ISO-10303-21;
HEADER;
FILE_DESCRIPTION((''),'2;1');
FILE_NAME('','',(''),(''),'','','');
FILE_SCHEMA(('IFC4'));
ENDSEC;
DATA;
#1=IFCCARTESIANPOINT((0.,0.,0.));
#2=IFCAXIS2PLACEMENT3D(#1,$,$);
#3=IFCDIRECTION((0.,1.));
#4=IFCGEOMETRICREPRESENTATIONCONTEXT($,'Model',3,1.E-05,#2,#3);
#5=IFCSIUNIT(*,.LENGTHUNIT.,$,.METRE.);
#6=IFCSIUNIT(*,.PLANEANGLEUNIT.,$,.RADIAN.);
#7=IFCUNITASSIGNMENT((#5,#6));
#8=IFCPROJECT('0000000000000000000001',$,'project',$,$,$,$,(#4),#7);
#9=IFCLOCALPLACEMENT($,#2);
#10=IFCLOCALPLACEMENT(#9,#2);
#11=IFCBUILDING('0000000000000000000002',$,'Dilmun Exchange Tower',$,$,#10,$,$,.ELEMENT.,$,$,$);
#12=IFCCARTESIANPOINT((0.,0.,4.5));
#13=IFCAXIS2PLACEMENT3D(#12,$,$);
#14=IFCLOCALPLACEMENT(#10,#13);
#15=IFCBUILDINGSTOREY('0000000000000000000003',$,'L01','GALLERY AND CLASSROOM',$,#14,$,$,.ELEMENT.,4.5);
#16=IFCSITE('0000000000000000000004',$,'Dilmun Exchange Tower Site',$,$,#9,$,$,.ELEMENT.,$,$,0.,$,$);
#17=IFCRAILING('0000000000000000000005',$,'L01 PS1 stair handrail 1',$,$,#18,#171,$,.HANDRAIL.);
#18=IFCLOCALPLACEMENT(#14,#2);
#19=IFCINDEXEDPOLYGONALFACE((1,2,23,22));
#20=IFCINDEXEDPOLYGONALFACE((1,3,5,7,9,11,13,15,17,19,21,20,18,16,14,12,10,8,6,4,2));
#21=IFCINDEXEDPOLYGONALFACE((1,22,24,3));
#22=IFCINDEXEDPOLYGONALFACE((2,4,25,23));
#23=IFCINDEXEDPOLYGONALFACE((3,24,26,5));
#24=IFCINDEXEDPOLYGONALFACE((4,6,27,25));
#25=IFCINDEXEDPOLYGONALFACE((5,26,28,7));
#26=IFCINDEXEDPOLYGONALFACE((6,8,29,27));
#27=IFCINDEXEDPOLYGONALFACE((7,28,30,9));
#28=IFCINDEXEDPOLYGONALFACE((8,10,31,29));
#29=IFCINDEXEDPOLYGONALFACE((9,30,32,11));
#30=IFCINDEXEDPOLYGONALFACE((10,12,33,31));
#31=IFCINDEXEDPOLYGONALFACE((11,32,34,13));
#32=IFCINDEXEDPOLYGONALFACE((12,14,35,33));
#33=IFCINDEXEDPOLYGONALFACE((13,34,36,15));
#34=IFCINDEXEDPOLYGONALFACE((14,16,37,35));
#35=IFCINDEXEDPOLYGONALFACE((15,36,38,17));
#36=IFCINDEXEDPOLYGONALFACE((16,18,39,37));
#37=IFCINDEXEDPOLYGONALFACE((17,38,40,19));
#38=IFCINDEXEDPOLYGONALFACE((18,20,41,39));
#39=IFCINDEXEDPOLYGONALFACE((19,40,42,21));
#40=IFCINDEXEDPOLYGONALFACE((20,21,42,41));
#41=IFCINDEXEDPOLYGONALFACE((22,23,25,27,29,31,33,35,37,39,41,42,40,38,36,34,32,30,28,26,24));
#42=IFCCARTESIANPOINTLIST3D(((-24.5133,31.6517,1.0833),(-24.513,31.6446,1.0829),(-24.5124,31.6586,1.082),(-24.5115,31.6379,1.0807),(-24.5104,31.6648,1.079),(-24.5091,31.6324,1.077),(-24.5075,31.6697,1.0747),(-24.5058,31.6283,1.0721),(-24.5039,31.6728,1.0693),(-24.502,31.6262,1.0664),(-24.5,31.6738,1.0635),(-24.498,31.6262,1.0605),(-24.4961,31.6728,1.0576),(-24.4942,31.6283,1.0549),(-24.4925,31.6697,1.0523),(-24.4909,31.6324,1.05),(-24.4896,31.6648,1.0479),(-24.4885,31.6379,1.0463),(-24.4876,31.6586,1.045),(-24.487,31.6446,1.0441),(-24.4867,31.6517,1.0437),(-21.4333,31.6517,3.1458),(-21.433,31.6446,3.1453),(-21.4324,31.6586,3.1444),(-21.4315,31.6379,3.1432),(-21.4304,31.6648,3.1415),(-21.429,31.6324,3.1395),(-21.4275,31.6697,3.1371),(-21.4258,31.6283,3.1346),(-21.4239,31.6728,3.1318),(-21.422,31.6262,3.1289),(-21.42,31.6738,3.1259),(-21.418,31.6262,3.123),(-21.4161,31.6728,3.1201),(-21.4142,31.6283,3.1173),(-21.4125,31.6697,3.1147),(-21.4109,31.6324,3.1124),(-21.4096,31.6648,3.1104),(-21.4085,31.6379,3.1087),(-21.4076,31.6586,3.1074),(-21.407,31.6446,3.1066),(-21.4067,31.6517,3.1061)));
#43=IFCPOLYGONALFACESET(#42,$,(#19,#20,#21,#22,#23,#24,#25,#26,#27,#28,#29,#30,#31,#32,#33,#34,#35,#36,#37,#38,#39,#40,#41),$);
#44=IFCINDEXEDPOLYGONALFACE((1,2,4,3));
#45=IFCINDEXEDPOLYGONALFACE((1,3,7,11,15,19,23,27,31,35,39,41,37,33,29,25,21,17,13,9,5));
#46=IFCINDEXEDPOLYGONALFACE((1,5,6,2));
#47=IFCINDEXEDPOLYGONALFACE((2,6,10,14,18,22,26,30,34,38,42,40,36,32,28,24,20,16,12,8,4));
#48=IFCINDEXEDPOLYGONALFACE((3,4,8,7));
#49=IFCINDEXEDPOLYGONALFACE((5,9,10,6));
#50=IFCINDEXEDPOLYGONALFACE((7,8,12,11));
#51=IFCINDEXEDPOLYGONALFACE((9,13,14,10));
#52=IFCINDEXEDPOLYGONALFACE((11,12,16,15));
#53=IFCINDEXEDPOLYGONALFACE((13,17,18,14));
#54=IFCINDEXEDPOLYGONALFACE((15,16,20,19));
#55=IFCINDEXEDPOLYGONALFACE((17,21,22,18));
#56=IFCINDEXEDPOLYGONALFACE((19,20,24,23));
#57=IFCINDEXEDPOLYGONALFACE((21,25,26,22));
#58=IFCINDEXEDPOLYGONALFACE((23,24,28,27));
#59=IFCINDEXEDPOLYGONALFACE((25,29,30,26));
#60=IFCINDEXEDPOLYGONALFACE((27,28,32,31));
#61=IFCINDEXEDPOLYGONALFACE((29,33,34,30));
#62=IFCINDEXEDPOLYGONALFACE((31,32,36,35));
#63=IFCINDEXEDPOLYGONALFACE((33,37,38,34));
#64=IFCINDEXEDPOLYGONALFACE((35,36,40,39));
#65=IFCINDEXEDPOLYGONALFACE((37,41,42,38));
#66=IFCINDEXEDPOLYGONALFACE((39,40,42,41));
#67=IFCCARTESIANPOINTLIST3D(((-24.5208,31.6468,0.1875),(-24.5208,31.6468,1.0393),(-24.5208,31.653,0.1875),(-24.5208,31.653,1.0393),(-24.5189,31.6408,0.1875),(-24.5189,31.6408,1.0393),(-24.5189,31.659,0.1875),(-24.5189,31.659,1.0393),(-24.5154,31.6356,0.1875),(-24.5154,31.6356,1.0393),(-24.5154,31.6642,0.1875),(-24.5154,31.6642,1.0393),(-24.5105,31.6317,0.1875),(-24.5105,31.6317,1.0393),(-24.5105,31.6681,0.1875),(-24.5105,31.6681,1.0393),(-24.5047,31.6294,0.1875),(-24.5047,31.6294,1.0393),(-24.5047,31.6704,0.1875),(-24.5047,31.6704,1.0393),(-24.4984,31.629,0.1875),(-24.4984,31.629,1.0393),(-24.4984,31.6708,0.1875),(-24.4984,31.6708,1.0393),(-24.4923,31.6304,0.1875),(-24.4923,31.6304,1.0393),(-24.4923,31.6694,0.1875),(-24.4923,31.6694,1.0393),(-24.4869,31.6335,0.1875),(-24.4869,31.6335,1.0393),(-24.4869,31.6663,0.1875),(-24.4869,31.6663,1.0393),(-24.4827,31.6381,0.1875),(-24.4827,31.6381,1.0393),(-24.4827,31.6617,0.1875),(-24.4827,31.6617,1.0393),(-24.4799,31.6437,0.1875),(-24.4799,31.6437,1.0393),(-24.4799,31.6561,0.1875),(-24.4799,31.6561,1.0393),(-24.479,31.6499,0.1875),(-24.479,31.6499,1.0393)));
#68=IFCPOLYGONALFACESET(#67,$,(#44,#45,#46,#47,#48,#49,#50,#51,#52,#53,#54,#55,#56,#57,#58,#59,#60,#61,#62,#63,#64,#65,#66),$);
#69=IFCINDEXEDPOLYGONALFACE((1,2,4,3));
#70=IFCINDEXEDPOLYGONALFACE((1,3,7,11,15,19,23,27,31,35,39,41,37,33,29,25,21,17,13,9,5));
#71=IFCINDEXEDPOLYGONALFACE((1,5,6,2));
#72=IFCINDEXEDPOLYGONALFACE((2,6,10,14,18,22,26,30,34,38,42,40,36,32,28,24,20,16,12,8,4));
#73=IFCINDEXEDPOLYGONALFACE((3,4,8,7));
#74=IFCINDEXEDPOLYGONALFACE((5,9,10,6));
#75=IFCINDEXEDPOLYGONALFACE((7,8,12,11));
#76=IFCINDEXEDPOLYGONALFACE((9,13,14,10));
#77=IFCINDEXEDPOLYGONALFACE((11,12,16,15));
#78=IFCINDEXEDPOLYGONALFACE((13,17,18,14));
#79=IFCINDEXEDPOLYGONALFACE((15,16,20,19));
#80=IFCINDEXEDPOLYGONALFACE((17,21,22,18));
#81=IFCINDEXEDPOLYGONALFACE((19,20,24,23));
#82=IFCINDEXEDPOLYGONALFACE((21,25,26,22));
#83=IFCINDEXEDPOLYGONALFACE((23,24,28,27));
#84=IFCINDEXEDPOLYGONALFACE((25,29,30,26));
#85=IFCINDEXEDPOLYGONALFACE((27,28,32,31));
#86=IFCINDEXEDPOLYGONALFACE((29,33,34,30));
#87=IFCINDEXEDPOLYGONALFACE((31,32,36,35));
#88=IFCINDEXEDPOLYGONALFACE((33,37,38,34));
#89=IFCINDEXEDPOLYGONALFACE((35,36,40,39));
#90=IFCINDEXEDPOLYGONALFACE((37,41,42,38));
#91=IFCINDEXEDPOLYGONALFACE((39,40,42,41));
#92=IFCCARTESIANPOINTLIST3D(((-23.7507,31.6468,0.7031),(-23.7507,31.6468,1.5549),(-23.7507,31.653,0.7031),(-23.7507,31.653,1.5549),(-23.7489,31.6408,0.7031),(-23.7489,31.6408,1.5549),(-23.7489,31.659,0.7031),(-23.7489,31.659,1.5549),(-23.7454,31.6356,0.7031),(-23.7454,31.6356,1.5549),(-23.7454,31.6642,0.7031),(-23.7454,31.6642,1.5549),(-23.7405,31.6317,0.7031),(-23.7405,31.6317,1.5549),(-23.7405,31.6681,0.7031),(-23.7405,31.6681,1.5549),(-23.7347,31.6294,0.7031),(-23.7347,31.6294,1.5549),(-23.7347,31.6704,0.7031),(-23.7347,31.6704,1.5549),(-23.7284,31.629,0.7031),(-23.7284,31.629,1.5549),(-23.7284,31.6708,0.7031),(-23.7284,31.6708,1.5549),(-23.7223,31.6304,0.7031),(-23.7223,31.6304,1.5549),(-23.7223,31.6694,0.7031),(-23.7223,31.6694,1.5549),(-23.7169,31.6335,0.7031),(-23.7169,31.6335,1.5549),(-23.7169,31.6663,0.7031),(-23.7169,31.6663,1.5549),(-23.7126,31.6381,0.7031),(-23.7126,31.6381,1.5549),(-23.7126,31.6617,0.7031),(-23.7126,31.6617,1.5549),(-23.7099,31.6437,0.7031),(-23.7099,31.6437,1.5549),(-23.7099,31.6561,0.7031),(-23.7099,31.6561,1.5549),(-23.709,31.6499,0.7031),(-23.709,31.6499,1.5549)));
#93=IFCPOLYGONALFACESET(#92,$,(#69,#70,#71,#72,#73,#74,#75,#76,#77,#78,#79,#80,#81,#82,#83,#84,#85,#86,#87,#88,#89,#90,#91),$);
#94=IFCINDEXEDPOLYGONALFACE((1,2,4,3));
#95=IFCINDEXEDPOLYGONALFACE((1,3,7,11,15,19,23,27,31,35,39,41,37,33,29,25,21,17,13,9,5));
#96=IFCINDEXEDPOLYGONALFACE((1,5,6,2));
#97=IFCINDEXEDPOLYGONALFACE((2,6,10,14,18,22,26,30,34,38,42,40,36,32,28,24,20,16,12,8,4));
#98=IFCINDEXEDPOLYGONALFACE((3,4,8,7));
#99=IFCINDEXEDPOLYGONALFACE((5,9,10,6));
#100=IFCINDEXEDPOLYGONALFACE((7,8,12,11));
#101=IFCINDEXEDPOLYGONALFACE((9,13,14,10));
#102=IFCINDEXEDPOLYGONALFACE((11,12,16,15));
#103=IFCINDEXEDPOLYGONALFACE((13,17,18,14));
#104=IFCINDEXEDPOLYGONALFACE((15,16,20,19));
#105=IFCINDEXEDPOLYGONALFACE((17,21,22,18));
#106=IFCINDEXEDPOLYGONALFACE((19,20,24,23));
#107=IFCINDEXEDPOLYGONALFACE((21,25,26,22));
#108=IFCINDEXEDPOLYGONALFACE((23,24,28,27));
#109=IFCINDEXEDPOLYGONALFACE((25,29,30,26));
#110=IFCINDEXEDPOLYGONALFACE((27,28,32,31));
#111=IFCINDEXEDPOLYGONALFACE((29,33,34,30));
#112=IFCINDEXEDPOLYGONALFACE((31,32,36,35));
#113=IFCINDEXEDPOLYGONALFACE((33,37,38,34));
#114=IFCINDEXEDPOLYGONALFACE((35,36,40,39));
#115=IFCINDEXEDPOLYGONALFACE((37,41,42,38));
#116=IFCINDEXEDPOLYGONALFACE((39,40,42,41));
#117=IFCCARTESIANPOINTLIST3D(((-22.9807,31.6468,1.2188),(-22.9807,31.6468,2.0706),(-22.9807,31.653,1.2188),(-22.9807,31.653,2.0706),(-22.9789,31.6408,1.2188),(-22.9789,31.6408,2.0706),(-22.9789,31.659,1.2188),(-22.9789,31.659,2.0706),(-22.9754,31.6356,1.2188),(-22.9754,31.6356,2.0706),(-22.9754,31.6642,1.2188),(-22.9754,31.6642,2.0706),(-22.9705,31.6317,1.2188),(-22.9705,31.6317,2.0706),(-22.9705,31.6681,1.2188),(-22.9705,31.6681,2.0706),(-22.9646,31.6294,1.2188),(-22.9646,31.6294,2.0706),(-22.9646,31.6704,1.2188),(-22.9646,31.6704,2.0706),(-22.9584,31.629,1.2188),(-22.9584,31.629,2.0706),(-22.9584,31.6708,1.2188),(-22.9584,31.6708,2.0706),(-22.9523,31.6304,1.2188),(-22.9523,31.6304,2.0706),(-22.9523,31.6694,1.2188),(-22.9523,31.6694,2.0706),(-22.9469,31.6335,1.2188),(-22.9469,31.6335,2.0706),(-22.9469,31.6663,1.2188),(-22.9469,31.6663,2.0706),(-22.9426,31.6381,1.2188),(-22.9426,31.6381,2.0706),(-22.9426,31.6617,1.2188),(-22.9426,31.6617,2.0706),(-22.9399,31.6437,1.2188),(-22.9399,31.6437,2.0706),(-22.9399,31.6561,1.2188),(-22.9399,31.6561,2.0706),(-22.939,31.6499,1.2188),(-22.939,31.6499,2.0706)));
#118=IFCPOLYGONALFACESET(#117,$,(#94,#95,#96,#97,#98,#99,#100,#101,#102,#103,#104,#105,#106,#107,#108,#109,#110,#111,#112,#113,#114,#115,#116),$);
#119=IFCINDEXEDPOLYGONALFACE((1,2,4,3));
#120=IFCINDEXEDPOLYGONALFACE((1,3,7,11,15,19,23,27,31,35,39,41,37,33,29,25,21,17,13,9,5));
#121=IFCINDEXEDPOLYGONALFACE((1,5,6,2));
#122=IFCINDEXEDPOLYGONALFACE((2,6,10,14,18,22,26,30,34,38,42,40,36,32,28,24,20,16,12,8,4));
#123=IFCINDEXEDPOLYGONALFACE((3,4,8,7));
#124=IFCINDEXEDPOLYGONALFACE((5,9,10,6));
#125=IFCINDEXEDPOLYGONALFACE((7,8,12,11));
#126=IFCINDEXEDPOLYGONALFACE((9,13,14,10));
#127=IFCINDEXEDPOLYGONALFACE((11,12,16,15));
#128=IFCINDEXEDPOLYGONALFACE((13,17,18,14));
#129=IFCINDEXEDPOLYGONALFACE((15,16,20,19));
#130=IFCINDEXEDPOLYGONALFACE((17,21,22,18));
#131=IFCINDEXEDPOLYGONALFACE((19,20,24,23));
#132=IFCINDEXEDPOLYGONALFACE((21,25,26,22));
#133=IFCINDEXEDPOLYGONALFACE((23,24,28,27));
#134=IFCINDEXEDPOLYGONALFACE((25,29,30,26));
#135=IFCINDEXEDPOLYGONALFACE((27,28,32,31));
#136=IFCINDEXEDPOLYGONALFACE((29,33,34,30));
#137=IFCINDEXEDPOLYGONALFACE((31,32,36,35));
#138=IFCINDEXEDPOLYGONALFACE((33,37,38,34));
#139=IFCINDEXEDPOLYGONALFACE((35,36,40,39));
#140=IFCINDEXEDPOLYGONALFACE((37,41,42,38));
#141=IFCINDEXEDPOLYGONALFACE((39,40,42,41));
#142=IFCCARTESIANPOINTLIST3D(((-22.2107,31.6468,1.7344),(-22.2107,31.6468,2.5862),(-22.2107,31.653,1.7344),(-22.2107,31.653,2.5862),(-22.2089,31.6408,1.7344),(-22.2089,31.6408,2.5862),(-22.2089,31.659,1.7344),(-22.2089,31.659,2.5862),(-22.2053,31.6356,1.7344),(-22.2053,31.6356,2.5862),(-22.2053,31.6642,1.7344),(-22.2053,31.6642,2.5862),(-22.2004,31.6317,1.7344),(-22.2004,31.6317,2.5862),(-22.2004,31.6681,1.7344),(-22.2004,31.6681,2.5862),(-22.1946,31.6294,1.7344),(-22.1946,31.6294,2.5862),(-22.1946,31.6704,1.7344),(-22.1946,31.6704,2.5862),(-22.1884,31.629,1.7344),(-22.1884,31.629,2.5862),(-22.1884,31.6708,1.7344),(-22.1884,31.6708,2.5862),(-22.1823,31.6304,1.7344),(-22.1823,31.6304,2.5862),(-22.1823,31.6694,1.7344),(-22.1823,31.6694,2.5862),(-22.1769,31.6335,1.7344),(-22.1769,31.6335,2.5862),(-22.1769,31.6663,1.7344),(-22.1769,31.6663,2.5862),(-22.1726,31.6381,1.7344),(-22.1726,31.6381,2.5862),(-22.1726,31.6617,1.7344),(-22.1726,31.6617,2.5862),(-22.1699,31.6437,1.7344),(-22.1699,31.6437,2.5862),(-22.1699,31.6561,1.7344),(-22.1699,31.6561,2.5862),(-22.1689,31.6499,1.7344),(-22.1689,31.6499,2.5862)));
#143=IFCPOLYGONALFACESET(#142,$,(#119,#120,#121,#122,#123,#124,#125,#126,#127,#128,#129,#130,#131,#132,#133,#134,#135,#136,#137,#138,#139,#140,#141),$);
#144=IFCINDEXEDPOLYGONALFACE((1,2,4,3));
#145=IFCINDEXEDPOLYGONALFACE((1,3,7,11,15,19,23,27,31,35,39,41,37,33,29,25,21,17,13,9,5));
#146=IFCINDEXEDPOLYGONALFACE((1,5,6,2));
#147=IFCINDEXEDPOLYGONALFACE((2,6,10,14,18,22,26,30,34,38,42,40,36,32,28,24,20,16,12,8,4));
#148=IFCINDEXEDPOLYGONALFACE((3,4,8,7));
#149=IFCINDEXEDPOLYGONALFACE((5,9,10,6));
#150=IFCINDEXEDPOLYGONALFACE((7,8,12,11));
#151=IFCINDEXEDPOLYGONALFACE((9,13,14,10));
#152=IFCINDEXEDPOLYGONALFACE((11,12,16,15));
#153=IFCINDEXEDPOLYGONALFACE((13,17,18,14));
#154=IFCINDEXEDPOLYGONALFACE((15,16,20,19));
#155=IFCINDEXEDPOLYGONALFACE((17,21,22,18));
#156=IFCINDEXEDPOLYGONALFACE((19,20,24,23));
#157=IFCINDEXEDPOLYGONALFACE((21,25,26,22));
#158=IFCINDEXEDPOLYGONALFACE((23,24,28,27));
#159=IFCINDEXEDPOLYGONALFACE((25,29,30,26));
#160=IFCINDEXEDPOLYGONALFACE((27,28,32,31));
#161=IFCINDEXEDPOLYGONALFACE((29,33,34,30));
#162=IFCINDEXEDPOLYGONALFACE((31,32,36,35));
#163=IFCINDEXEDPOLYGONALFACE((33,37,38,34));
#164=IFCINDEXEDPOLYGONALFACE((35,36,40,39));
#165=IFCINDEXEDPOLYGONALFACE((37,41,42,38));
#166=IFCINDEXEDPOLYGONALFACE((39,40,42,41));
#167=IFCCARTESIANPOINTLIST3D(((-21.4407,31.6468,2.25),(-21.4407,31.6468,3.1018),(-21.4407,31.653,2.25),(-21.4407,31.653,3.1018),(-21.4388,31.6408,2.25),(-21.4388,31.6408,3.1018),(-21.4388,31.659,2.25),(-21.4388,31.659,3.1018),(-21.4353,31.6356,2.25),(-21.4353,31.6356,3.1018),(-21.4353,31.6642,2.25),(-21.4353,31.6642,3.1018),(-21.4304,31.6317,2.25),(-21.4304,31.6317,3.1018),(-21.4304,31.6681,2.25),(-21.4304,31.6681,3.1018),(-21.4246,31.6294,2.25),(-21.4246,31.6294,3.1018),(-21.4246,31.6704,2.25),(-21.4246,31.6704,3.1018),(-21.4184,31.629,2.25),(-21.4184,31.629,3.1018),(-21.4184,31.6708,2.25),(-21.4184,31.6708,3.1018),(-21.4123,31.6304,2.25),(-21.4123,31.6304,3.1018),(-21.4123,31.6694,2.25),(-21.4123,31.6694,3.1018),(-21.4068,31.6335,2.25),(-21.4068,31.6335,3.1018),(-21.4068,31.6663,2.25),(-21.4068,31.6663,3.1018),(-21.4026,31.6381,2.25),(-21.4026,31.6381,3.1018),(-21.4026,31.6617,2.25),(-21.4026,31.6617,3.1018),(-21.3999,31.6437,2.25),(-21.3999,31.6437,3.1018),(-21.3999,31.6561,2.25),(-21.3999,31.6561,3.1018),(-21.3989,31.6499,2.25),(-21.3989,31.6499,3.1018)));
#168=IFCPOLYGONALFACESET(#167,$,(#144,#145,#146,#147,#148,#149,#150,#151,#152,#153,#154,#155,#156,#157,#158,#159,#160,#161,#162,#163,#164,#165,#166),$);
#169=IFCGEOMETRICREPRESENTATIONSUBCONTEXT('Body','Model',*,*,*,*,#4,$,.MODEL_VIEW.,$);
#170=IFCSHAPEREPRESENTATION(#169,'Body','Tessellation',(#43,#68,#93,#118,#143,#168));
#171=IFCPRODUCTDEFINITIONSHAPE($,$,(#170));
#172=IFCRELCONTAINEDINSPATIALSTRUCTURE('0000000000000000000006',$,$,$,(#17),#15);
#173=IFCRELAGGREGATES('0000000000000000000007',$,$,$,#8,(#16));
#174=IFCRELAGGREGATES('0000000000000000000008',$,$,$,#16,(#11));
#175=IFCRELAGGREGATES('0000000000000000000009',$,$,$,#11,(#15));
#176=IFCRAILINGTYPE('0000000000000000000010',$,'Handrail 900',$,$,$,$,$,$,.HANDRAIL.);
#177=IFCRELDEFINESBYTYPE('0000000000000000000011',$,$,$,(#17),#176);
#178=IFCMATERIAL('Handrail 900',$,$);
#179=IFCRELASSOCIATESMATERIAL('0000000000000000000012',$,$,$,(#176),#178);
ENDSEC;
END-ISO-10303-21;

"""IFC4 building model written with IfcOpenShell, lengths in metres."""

from ifc_helpers import new_model, si_unit, direction, frame, origin, origin_2d, place, context, subcontext, project, spatial, circle, extrude, material, type_object, element, save


model = new_model("IFC4")

# Units and contexts
model_context = context("Model", 3, precision=1e-05, world=origin(), true_north=direction((0.0, 1.0)))
body_context = subcontext(model_context, "Body", "Model", "MODEL_VIEW")
ifc_project = project(units=[si_unit("LENGTHUNIT", "METRE"), si_unit("PLANEANGLEUNIT", "RADIAN")], contexts=[model_context])

# Site, building, storey
site_placement = place(None, origin())
site = spatial("IfcSite", under=ifc_project, at=site_placement, Name="Dilmun Exchange Tower Site", CompositionType="ELEMENT", RefElevation=0.0)
building_placement = place(site_placement, origin())
building = spatial("IfcBuilding", under=site, at=building_placement, Name="Dilmun Exchange Tower", CompositionType="ELEMENT")
storey_placement = place(building_placement, frame((0.0, 0.0, 4.5)))
storey = spatial("IfcBuildingStorey", under=building, at=storey_placement, Name="L01", Description="GALLERY AND CLASSROOM", CompositionType="ELEMENT", Elevation=4.5)

# Railing
ifc_material_1 = material(Name="Handrail 900")
railing_type_1 = type_object("IfcRailingType", Name="Handrail 900", PredefinedType="HANDRAIL", material=ifc_material_1)
railing_1_placement = place(storey_placement, frame((-24.5, 31.6499, 0.1875)))
element("IfcRailing", 1, at=railing_1_placement, inside=storey, type_object=railing_type_1, Name="L01 PS1 stair handrail 1", PredefinedType="HANDRAIL", context=body_context, shape_type="SweptSolid", body=[
    extrude(circle(Radius=0.0239, at=origin_2d()), frame((0.0, 0.0, 0.876), z_axis=(0.830914, 0.0, 0.556401), x_axis=(0.0, 1.0, 0.0)), (0.0, 0.0, 1.0), 3.7068),
    extrude(circle(Radius=0.021, at=origin_2d()), origin(), (0.0, 0.0, 1.0), 0.8518),
    extrude(circle(Radius=0.021, at=origin_2d()), frame((0.77, 0.0, 0.5156)), (0.0, 0.0, 1.0), 0.8518),
    extrude(circle(Radius=0.021, at=origin_2d()), frame((1.54, 0.0, 1.0312)), (0.0, 0.0, 1.0), 0.8518),
    extrude(circle(Radius=0.021, at=origin_2d()), frame((2.3101, 0.0, 1.5469)), (0.0, 0.0, 1.0), 0.8518),
    extrude(circle(Radius=0.021, at=origin_2d()), frame((3.0801, 0.0, 2.0625)), (0.0, 0.0, 1.0), 0.8518),
])

save(model, "model.ifc")
